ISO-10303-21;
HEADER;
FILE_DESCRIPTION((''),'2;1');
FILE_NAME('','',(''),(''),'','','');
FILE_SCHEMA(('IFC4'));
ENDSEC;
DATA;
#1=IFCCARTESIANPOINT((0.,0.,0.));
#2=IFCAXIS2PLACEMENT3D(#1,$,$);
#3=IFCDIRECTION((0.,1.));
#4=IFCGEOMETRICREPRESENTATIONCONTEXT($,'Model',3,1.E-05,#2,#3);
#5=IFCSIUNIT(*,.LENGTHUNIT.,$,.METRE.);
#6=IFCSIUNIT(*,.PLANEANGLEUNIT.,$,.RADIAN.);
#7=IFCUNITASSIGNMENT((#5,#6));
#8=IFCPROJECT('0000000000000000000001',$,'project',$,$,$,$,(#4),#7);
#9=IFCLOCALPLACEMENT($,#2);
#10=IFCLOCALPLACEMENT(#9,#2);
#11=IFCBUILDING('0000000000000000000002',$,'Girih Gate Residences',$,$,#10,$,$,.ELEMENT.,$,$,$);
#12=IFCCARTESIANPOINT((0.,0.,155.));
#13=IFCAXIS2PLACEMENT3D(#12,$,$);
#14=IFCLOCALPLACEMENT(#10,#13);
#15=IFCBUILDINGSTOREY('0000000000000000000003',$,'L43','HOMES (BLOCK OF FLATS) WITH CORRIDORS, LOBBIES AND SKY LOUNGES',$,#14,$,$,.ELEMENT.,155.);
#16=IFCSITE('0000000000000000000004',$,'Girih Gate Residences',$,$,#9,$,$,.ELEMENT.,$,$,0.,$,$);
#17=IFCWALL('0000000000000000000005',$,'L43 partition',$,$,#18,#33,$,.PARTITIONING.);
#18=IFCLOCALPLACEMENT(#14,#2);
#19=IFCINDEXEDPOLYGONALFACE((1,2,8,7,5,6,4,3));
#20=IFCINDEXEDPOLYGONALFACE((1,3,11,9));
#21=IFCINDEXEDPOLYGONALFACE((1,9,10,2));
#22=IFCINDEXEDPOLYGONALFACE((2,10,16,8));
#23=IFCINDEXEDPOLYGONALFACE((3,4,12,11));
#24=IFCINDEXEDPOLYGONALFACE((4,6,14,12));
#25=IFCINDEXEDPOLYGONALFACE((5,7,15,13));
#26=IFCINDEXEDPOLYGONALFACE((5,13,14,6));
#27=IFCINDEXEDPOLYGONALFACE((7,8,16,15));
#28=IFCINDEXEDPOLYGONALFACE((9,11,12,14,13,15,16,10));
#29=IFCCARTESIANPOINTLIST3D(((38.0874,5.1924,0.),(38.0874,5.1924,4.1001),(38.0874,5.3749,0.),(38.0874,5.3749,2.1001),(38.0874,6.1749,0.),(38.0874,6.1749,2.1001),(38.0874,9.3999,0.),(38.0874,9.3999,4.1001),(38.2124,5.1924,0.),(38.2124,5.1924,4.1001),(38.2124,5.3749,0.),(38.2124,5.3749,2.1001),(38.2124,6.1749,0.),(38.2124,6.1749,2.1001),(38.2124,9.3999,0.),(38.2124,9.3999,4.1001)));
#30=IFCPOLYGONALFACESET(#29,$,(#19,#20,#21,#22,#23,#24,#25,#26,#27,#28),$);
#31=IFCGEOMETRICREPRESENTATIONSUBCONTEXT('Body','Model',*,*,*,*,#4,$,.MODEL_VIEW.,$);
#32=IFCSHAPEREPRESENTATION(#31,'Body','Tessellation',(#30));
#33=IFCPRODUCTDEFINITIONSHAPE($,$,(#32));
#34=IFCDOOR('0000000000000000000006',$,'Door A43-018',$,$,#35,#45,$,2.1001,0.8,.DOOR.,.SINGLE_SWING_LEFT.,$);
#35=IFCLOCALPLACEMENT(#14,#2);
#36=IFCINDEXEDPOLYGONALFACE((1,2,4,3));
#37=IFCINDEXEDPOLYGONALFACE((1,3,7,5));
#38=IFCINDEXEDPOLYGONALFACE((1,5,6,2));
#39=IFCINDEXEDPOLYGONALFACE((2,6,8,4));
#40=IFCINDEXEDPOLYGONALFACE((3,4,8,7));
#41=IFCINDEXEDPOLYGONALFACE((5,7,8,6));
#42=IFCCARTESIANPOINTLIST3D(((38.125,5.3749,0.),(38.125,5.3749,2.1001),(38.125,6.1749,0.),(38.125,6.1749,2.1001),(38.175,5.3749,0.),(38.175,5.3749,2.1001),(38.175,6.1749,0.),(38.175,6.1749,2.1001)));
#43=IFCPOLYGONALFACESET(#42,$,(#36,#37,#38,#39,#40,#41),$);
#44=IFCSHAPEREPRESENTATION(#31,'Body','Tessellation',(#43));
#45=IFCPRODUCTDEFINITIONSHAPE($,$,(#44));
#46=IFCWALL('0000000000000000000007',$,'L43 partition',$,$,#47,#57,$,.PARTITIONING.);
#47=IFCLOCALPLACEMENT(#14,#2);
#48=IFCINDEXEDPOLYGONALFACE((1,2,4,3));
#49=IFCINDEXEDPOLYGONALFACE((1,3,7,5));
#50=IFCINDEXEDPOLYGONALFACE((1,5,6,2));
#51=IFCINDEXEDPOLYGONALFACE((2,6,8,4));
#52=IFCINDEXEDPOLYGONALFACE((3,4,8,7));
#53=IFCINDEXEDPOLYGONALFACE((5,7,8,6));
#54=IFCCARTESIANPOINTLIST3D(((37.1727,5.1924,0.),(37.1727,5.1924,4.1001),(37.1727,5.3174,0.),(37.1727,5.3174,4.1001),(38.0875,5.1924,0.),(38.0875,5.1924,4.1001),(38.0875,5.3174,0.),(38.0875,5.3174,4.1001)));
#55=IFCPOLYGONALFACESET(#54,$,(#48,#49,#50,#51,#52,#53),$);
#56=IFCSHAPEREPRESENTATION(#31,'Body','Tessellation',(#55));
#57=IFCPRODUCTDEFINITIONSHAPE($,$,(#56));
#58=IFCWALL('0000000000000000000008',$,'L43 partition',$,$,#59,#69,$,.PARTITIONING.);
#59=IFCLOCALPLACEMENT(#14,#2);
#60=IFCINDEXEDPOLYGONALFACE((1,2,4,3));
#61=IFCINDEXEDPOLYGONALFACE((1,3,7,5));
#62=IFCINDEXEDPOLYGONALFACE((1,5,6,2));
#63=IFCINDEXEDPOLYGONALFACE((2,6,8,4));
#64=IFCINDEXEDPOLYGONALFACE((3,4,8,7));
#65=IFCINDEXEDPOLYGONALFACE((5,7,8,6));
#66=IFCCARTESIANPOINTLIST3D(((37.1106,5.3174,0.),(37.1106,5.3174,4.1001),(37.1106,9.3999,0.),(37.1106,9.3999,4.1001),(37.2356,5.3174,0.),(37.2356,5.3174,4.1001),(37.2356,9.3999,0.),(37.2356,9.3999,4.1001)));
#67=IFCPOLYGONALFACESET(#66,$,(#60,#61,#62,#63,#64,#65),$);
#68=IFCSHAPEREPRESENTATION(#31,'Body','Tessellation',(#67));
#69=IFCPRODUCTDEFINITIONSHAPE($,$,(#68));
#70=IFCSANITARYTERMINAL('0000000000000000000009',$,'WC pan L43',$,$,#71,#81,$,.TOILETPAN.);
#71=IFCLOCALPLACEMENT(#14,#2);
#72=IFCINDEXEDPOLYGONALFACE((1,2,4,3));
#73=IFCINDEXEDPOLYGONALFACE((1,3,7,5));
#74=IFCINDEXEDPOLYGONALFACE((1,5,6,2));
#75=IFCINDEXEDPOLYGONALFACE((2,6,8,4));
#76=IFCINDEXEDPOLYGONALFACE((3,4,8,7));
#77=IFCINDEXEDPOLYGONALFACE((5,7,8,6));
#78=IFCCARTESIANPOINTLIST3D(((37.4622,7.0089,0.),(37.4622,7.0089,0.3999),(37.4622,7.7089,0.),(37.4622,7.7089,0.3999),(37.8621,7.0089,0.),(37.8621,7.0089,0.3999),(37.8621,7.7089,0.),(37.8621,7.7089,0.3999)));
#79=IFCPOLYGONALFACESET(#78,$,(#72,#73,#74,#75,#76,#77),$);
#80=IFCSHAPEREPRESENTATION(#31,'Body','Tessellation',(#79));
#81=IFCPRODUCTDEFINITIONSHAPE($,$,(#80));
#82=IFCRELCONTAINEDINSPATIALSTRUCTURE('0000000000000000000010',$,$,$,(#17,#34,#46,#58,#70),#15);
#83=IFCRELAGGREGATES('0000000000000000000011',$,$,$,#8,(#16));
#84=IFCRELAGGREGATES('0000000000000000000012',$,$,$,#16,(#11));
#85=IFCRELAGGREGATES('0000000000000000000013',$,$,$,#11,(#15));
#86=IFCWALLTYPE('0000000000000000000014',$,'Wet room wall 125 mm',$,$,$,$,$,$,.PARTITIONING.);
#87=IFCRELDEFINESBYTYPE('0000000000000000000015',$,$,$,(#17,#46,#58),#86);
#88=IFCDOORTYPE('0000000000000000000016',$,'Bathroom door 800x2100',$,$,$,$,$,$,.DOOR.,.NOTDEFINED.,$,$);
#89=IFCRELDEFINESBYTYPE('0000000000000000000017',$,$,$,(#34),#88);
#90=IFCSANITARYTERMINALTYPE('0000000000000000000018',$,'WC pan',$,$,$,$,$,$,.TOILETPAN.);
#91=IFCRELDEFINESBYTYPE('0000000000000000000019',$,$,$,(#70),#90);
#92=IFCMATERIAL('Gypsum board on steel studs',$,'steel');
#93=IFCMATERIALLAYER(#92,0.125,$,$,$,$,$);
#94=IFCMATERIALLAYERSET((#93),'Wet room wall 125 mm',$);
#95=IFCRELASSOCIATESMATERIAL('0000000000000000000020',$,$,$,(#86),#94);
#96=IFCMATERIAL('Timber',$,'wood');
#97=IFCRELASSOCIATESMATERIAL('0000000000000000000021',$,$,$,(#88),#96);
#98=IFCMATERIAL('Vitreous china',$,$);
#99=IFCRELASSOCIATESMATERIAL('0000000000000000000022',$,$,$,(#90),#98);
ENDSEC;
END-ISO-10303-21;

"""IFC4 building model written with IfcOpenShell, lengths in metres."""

from ifc_helpers import new_model, si_unit, direction, frame, frame_2d, origin, origin_2d, place, context, subcontext, project, spatial, rectangle, extrude, material, layer, layer_set, type_object, element, fill, save


model = new_model("IFC4")

# Units and contexts
model_context = context("Model", 3, precision=1e-05, world=origin(), true_north=direction((0.0, 1.0)))
body_context = subcontext(model_context, "Body", "Model", "MODEL_VIEW")
ifc_project = project(units=[si_unit("LENGTHUNIT", "METRE"), si_unit("PLANEANGLEUNIT", "RADIAN")], contexts=[model_context])

# Site, building, storey
site_placement = place(None, origin())
site = spatial("IfcSite", under=ifc_project, at=site_placement, Name="Girih Gate Residences", CompositionType="ELEMENT", RefElevation=0.0)
building_placement = place(site_placement, origin())
building = spatial("IfcBuilding", under=site, at=building_placement, Name="Girih Gate Residences", CompositionType="ELEMENT")
storey_placement = place(building_placement, frame((0.0, 0.0, 155.0)))
storey = spatial("IfcBuildingStorey", under=building, at=storey_placement, Name="L43", Description="HOMES (BLOCK OF FLATS) WITH CORRIDORS, LOBBIES AND SKY LOUNGES", CompositionType="ELEMENT", Elevation=155.0)

# Shared definitions
ifc_material_1 = material(Name="Gypsum board on steel studs", Category="steel")
ifc_material_2 = material(Name="Timber", Category="wood")

# Wall, opening, door
ifc_layer_1 = layer(ifc_material_1, 0.125)
ifc_layer_set_1 = layer_set([ifc_layer_1], Name="Wet room wall 125 mm")
wall_type_1 = type_object("IfcWallType", Name="Wet room wall 125 mm", PredefinedType="PARTITIONING", material=ifc_layer_set_1)
wall_1_placement = place(storey_placement, frame((38.1499, 5.1924, 0.0), z_axis=(0.0, 0.0, 1.0), x_axis=(0.0, 1.0, 0.0)))
wall_1 = element("IfcWall", 1, at=wall_1_placement, inside=storey, type_object=wall_type_1, Name="L43 partition", PredefinedType="PARTITIONING", context=body_context, shape_type="SweptSolid", body=[
    extrude(rectangle(XDim=4.2075, YDim=0.125, at=frame_2d((2.1038, 0.0))), origin(), (0.0, 0.0, 1.0), 4.1001),
])
opening_1_placement = place(wall_1_placement, frame((0.1826, 0.0, 0.0)))
opening_1 = element("IfcOpeningElement", 2, at=opening_1_placement, cuts=wall_1, PredefinedType="OPENING", context=body_context, shape_type="SweptSolid", body=[
    extrude(rectangle(XDim=0.8, YDim=2.1001, at=frame_2d((0.3999, 1.05))), frame((0.0, 0.0725, 0.0), z_axis=(0.0, -1.0, 0.0), x_axis=(1.0, 0.0, 0.0)), (0.0, 0.0, 1.0), 0.145),
])
door_type_1 = type_object("IfcDoorType", Name="Bathroom door 800x2100", OperationType="NOTDEFINED", PredefinedType="DOOR", material=ifc_material_2)
door_1_placement = place(opening_1_placement, origin())
door_1 = element("IfcDoor", 3, at=door_1_placement, inside=storey, type_object=door_type_1, Name="Door A43-018", OperationType="SINGLE_SWING_LEFT", OverallHeight=2.1001, OverallWidth=0.8, PredefinedType="DOOR", context=body_context, shape_type="SweptSolid", body=[
    extrude(rectangle(XDim=0.8, YDim=2.1001, at=frame_2d((0.3999, 1.05))), frame((0.0, 0.0249, 0.0), z_axis=(0.0, -1.0, 0.0), x_axis=(1.0, 0.0, 0.0)), (0.0, 0.0, 1.0), 0.05),
])
fill(opening_1, door_1)

# Walls
wall_2_placement = place(storey_placement, frame((37.1726, 5.2549, 0.0), z_axis=(0.0, 0.0, 1.0), x_axis=(1.0, 0.0, 0.0)))
element("IfcWall", 4, at=wall_2_placement, inside=storey, type_object=wall_type_1, Name="L43 partition", PredefinedType="PARTITIONING", context=body_context, shape_type="SweptSolid", body=[
    extrude(rectangle(XDim=0.9148, YDim=0.125, at=frame_2d((0.4575, 0.0))), origin(), (0.0, 0.0, 1.0), 4.1001),
])
wall_3_placement = place(storey_placement, frame((37.1731, 5.3174, 0.0), z_axis=(0.0, 0.0, 1.0), x_axis=(0.0, 1.0, 0.0)))
element("IfcWall", 5, at=wall_3_placement, inside=storey, type_object=wall_type_1, Name="L43 partition", PredefinedType="PARTITIONING", context=body_context, shape_type="SweptSolid", body=[
    extrude(rectangle(XDim=4.0825, YDim=0.125, at=frame_2d((2.0413, 0.0))), origin(), (0.0, 0.0, 1.0), 4.1001),
])

# Sanitary terminal
ifc_material_3 = material(Name="Vitreous china")
sanitary_terminal_type = type_object("IfcSanitaryTerminalType", Name="WC pan", PredefinedType="TOILETPAN", material=ifc_material_3)
sanitary_terminal_placement = place(storey_placement, frame((37.6621, 7.3589, 0.0), z_axis=(0.0, 0.0, 1.0), x_axis=(1.0, 0.0, 0.0)))
element("IfcSanitaryTerminal", 6, at=sanitary_terminal_placement, inside=storey, type_object=sanitary_terminal_type, Name="WC pan L43", PredefinedType="TOILETPAN", context=body_context, shape_type="SweptSolid", body=[
    extrude(rectangle(XDim=0.3999, YDim=0.7, at=origin_2d()), origin(), (0.0, 0.0, 1.0), 0.3999),
])

save(model, "model.ifc")
